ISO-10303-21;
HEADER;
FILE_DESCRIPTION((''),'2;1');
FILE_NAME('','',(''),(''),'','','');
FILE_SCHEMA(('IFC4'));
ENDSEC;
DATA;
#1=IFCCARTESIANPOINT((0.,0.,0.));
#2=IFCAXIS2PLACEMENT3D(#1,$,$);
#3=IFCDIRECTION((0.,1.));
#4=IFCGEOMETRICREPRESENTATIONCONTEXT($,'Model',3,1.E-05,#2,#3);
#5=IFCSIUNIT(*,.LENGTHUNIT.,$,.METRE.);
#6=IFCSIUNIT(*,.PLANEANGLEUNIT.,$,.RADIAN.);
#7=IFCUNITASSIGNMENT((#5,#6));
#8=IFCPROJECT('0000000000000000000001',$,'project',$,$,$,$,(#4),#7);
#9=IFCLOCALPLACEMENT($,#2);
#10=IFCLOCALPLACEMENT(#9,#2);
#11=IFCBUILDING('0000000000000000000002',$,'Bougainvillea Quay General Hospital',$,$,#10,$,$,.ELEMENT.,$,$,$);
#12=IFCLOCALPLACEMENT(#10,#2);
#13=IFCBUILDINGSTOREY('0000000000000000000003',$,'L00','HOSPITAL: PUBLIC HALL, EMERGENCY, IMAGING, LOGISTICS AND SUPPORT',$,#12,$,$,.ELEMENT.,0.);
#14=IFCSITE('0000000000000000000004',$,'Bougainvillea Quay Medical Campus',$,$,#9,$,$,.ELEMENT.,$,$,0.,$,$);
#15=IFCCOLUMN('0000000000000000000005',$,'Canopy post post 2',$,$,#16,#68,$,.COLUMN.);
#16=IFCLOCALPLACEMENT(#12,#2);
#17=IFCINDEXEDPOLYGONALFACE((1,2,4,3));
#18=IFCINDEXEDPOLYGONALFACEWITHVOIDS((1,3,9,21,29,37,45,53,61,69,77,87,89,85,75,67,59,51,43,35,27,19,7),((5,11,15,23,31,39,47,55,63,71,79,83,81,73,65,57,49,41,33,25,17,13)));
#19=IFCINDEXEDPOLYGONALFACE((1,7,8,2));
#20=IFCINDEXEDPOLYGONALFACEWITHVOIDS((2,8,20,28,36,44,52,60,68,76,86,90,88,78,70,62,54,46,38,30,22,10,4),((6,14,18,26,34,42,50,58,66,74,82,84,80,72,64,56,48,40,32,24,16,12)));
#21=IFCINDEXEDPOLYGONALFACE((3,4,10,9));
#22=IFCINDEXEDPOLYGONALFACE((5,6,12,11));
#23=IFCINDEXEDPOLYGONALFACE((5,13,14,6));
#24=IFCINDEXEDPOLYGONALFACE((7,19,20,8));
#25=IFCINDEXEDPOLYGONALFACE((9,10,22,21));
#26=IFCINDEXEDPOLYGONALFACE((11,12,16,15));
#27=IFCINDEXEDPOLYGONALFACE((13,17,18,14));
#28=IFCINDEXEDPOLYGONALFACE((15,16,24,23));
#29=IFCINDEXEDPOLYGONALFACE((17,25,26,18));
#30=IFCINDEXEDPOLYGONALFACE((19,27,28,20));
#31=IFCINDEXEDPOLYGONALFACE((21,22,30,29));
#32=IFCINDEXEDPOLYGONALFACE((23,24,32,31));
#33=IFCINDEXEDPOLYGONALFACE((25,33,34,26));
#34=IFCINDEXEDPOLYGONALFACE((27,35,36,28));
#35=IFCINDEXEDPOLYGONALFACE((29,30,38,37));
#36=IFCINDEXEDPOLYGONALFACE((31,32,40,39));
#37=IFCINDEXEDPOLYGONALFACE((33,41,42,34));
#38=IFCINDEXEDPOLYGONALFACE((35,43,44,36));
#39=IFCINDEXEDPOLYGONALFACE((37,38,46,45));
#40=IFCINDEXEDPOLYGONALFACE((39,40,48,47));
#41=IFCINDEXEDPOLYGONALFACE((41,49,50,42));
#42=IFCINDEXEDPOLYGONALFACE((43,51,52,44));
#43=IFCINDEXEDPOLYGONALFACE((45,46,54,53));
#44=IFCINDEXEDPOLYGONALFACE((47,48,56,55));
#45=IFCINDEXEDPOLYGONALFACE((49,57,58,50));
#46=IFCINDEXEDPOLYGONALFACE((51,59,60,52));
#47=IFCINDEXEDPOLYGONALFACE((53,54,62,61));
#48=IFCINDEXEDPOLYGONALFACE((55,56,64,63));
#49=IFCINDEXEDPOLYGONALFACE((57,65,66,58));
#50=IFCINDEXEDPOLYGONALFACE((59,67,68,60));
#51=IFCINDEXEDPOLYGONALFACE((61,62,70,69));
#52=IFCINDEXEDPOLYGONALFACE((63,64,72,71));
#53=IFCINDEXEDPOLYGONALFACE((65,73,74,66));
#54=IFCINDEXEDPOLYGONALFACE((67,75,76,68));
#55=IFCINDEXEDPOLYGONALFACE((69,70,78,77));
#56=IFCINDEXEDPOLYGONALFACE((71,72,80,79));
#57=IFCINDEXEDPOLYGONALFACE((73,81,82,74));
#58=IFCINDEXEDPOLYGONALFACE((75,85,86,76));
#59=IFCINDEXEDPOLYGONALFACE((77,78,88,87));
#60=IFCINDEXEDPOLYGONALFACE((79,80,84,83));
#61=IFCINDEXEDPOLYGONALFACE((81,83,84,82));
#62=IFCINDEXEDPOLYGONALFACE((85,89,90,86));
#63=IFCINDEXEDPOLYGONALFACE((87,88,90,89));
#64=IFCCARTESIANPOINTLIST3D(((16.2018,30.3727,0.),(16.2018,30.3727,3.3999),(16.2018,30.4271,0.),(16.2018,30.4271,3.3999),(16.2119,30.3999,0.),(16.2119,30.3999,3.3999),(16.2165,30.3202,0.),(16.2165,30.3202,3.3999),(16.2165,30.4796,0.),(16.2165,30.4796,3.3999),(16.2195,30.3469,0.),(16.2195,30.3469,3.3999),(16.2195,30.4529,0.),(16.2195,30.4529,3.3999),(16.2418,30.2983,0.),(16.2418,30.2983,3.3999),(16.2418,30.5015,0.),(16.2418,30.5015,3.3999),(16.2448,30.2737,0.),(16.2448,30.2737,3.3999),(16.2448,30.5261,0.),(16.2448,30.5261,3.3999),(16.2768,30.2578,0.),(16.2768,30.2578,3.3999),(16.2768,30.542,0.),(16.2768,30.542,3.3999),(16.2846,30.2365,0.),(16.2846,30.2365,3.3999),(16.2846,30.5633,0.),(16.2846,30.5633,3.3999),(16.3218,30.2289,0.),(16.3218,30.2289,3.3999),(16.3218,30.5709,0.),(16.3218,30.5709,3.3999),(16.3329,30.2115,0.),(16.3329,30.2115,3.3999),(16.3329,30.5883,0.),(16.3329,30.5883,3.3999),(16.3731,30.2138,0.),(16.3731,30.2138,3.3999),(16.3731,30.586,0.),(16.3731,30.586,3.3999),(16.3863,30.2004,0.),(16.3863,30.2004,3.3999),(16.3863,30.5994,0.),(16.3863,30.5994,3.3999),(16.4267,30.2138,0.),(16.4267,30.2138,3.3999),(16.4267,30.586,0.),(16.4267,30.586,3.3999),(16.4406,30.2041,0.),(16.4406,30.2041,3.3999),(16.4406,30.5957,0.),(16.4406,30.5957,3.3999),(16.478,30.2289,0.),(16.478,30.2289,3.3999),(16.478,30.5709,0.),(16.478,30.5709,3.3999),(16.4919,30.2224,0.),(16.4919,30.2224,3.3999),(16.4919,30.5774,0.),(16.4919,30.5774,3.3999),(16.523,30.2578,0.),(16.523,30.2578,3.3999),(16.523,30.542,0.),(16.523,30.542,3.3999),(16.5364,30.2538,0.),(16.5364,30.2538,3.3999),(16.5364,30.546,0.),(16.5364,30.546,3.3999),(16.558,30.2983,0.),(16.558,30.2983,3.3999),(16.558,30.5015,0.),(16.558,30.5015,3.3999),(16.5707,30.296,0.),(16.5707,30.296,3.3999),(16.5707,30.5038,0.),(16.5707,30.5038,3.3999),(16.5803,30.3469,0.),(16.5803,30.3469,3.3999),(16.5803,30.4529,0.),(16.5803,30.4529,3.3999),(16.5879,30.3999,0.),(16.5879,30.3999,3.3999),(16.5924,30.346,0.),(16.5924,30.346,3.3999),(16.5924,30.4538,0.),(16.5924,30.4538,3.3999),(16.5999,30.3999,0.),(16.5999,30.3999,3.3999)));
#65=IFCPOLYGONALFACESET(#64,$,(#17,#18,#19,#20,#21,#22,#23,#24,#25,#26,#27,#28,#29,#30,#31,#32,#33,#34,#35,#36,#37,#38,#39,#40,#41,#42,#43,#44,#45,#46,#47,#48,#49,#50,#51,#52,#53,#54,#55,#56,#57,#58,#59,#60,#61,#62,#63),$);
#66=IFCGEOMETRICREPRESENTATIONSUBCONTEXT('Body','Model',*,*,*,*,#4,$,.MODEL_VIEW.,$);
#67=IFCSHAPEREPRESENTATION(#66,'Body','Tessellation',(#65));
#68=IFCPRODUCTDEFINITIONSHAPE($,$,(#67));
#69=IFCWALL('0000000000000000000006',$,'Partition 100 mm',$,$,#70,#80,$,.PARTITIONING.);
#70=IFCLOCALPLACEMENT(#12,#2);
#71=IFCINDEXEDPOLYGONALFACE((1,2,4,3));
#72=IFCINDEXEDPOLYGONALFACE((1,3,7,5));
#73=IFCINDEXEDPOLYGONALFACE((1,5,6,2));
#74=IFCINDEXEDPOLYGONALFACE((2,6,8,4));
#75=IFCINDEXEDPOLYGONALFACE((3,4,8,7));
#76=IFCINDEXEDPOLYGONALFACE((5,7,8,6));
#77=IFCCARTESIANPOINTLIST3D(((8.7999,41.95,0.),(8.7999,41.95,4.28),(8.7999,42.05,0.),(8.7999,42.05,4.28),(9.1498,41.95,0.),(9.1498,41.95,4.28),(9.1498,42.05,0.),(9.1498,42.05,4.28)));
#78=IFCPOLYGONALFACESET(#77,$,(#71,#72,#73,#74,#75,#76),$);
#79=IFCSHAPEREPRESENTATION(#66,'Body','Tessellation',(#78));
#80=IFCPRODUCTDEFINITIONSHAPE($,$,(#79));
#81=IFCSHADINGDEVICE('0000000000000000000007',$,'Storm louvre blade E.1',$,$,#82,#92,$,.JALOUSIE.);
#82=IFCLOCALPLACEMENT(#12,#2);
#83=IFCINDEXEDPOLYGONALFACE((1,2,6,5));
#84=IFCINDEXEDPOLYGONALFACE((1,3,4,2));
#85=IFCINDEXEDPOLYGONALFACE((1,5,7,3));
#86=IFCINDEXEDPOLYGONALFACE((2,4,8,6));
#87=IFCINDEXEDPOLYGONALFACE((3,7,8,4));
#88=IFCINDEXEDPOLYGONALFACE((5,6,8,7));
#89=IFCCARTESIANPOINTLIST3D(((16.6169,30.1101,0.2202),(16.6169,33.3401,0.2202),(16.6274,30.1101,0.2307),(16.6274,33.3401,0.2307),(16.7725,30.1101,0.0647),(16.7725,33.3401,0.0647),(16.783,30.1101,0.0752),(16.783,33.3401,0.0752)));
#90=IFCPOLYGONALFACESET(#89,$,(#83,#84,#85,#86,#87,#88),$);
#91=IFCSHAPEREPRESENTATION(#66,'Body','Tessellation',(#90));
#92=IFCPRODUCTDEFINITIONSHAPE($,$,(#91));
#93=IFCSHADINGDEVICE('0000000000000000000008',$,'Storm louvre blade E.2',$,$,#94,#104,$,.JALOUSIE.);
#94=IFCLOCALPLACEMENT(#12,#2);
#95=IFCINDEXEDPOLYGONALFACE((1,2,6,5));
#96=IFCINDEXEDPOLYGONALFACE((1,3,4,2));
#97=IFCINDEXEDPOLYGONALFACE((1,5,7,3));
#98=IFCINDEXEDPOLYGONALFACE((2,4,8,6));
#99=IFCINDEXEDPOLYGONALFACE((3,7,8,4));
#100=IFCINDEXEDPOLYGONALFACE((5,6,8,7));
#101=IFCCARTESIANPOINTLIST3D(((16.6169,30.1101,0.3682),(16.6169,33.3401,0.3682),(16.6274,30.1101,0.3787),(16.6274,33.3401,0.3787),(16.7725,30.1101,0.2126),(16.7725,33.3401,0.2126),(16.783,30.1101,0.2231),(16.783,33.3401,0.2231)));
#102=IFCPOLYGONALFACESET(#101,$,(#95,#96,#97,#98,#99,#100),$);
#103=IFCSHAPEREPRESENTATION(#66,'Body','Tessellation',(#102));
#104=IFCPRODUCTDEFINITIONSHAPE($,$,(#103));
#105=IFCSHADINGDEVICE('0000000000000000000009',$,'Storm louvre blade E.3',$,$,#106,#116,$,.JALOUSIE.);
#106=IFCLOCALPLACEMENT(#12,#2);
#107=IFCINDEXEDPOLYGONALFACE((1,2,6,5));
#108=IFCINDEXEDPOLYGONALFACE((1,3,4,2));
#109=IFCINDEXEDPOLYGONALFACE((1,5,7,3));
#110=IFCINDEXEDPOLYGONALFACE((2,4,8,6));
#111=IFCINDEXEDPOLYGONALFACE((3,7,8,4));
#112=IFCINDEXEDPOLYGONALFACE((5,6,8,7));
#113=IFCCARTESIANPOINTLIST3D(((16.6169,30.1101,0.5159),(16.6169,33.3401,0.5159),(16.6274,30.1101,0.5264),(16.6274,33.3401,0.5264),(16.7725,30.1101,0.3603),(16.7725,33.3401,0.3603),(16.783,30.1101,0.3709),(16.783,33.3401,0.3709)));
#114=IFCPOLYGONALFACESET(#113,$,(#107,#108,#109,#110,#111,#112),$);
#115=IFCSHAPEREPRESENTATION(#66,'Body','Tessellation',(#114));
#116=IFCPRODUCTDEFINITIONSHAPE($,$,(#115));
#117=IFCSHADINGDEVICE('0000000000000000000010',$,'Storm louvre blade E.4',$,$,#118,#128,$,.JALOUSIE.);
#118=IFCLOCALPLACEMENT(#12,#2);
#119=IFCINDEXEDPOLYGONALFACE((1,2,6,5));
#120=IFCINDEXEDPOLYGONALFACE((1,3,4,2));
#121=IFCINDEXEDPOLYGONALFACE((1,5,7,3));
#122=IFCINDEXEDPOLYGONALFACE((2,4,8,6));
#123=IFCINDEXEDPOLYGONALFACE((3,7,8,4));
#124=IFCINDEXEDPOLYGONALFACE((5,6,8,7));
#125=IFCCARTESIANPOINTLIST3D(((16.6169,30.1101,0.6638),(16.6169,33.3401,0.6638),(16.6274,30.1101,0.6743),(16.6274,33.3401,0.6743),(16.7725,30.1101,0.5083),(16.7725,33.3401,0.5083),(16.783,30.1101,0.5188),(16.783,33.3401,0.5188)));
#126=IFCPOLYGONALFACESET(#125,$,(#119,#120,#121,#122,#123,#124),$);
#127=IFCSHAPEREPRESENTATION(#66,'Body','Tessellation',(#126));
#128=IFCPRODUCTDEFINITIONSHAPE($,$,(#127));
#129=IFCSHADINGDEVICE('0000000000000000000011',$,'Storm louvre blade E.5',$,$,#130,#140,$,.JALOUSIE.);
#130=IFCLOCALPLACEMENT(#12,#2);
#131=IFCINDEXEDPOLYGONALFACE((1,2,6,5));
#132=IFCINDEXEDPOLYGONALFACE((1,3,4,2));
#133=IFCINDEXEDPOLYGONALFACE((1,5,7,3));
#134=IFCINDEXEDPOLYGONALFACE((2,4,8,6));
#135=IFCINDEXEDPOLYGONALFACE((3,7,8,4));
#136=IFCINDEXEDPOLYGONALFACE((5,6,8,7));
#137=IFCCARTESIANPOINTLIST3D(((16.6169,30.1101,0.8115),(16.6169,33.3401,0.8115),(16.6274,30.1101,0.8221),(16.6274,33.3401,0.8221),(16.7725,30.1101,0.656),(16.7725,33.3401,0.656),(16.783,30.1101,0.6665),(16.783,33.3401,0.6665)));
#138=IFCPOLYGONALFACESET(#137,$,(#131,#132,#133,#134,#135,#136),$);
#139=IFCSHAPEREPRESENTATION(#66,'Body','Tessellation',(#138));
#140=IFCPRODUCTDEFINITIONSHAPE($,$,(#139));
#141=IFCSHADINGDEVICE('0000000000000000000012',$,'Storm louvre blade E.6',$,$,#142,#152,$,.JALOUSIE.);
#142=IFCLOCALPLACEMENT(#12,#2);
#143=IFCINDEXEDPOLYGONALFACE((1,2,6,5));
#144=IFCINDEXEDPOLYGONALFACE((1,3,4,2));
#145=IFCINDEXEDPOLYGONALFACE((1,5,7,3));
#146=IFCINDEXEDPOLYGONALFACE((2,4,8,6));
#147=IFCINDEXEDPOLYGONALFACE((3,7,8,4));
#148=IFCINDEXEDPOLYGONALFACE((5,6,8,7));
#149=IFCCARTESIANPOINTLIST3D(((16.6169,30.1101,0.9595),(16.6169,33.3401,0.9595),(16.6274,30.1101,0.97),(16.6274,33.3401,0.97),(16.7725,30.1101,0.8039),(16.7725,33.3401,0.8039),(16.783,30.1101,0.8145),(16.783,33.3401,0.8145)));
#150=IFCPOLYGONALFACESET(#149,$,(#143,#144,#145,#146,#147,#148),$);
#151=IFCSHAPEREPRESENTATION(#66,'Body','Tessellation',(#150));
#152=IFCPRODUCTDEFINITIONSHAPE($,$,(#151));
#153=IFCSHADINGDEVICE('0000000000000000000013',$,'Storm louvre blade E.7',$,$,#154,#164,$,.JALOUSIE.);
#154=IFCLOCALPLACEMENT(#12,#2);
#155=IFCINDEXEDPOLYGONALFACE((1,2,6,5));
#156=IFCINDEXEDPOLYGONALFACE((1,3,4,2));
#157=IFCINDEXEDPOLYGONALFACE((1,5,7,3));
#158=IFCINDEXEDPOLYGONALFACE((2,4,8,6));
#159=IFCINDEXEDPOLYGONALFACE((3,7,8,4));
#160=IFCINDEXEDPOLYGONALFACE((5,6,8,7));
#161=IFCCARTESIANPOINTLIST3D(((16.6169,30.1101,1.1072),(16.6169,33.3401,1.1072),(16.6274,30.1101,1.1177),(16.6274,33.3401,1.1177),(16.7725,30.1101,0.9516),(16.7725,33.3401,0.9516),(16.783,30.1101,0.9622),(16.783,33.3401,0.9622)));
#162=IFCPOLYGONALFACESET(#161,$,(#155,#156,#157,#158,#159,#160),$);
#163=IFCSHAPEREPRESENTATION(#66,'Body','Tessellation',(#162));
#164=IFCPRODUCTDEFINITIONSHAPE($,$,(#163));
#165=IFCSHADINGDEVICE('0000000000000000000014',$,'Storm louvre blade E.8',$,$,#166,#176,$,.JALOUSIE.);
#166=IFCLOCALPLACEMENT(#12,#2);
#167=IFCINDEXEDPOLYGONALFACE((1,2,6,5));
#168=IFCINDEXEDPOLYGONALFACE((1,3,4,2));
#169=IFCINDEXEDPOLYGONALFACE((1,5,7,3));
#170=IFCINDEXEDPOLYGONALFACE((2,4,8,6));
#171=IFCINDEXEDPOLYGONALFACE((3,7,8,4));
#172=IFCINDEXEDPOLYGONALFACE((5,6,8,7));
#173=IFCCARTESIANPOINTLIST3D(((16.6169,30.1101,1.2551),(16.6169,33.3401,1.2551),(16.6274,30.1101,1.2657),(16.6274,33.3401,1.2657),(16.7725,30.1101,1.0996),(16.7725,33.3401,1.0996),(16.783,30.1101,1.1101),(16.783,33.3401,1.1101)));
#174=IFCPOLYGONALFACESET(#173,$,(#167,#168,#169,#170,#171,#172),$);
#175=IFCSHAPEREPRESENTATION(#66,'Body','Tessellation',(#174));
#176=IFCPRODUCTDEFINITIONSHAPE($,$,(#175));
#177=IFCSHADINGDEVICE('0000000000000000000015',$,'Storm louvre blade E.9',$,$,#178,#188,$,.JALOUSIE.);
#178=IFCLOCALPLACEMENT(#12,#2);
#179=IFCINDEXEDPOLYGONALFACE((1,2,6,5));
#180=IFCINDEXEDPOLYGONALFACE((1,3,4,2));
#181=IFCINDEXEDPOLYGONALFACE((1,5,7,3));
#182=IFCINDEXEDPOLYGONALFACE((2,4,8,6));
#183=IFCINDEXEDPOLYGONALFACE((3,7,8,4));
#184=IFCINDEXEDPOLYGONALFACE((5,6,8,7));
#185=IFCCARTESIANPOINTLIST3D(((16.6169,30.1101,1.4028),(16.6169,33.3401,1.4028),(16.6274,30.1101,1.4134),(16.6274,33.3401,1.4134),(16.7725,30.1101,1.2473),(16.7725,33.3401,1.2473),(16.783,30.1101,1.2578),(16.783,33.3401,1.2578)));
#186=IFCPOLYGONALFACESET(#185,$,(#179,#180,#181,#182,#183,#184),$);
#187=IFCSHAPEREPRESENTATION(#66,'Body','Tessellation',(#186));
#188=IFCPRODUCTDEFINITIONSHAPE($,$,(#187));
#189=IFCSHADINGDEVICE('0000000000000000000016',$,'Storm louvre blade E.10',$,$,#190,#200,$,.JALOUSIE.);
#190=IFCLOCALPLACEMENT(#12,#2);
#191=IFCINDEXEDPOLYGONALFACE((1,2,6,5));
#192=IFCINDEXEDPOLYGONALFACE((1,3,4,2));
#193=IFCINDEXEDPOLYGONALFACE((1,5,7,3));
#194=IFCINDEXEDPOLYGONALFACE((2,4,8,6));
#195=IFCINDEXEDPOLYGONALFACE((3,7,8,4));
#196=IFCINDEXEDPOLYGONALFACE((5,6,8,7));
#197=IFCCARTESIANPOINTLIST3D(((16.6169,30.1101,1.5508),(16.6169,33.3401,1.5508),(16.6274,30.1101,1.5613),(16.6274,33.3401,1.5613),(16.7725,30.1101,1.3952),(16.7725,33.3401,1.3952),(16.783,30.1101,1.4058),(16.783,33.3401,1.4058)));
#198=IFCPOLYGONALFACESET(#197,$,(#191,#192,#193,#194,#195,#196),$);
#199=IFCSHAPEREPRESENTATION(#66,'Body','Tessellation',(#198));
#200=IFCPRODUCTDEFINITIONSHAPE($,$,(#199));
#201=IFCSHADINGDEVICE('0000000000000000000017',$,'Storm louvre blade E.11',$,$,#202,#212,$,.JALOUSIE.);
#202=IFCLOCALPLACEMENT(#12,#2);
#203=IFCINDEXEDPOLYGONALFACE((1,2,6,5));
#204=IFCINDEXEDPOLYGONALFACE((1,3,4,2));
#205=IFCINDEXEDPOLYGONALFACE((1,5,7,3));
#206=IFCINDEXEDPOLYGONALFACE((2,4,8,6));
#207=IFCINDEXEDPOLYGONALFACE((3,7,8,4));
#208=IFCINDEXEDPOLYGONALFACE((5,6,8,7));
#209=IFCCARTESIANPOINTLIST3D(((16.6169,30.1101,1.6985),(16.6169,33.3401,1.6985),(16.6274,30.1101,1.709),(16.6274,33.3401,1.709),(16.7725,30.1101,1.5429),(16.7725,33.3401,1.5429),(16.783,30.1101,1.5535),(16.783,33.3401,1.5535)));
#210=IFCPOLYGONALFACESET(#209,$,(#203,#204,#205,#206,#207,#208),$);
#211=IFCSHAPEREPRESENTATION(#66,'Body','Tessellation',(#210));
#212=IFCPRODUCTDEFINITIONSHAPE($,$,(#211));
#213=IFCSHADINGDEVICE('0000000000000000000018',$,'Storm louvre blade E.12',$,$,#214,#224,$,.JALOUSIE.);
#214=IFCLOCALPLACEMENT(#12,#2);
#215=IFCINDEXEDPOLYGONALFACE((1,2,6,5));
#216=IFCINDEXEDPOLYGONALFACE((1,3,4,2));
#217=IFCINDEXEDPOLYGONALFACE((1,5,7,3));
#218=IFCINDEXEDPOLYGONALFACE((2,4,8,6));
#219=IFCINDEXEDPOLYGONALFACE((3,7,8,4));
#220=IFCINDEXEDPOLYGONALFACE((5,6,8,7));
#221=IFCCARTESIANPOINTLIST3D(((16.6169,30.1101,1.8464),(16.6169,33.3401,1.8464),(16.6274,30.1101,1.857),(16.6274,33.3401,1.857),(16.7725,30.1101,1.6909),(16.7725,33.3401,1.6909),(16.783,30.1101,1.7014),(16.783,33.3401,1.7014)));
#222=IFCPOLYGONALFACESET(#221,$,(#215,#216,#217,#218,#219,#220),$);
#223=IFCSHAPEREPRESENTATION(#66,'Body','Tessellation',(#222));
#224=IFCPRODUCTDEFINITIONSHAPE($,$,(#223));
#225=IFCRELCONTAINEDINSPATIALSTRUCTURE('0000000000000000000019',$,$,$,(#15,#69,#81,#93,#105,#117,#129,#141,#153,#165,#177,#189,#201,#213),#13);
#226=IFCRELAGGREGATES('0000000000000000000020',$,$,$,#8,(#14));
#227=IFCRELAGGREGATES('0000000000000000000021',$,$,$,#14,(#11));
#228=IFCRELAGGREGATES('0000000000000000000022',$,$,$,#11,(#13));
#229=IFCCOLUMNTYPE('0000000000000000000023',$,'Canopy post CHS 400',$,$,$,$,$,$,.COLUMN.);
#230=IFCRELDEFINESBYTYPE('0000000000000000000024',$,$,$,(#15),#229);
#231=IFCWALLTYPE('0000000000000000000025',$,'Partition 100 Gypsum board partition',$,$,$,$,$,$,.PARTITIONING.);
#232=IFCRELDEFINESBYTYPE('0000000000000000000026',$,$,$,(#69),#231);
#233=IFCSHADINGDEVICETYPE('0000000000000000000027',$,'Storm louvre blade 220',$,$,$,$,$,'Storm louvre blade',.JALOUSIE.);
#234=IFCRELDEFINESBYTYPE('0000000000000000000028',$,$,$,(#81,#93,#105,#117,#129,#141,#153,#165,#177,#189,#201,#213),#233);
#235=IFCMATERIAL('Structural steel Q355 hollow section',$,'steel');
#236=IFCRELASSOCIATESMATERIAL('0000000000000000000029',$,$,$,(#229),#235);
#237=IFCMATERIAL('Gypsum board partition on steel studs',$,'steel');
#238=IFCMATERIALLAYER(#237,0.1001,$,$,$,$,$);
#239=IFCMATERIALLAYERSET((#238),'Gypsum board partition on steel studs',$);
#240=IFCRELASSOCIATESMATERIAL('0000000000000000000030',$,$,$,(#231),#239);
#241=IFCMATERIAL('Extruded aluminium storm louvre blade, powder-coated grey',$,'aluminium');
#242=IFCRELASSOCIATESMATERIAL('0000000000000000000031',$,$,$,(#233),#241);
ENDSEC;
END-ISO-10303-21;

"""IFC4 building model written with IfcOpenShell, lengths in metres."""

from ifc_helpers import new_model, si_unit, direction, frame, frame_2d, origin, origin_2d, place, context, subcontext, project, spatial, rectangle, hollow_circle, extrude, material, layer, layer_set, material_profile, profile_set, type_object, element, save


model = new_model("IFC4")

# Units and contexts
model_context = context("Model", 3, precision=1e-05, world=origin(), true_north=direction((0.0, 1.0)))
body_context = subcontext(model_context, "Body", "Model", "MODEL_VIEW")
ifc_project = project(units=[si_unit("LENGTHUNIT", "METRE"), si_unit("PLANEANGLEUNIT", "RADIAN")], contexts=[model_context])

# Site, building, storey
site_placement = place(None, origin())
site = spatial("IfcSite", under=ifc_project, at=site_placement, Name="Bougainvillea Quay Medical Campus", CompositionType="ELEMENT", RefElevation=0.0)
building_placement = place(site_placement, origin())
building = spatial("IfcBuilding", under=site, at=building_placement, Name="Bougainvillea Quay General Hospital", CompositionType="ELEMENT")
storey_placement = place(building_placement, origin())
storey = spatial("IfcBuildingStorey", under=building, at=storey_placement, Name="L00", Description="HOSPITAL: PUBLIC HALL, EMERGENCY, IMAGING, LOGISTICS AND SUPPORT", CompositionType="ELEMENT", Elevation=0.0)

# Column
ifc_material_1 = material(Name="Structural steel Q355 hollow section", Category="steel")
ifc_material_profile_1 = material_profile(ifc_material_1, hollow_circle(Radius=0.2, WallThickness=0.012, at=origin_2d()))
ifc_profile_set_1 = profile_set([ifc_material_profile_1], Name="Structural steel Q355 hollow section")
column_type = type_object("IfcColumnType", Name="Canopy post CHS 400", PredefinedType="COLUMN", material=ifc_profile_set_1)
column_placement = place(storey_placement, frame((16.3999, 30.3999, 0.0), z_axis=(0.0, 0.0, 1.0), x_axis=(1.0, 0.0, 0.0)))
element("IfcColumn", 1, at=column_placement, inside=storey, type_object=column_type, Name="Canopy post post 2", PredefinedType="COLUMN", context=body_context, shape_type="SweptSolid", body=[
    extrude(hollow_circle(Radius=0.2, WallThickness=0.012, at=origin_2d()), origin(), (0.0, 0.0, 1.0), 3.3999),
])

# Wall
ifc_material_2 = material(Name="Gypsum board partition on steel studs", Category="steel")
ifc_layer = layer(ifc_material_2, 0.1001)
ifc_layer_set = layer_set([ifc_layer], Name="Gypsum board partition on steel studs")
wall_type = type_object("IfcWallType", Name="Partition 100 Gypsum board partition", PredefinedType="PARTITIONING", material=ifc_layer_set)
wall_placement = place(storey_placement, frame((8.8, 42.0, 0.0), z_axis=(0.0, 0.0, 1.0), x_axis=(1.0, 0.0, 0.0)))
element("IfcWall", 2, at=wall_placement, inside=storey, type_object=wall_type, Name="Partition 100 mm", PredefinedType="PARTITIONING", context=body_context, shape_type="SweptSolid", body=[
    extrude(rectangle(XDim=0.3499, YDim=0.1001, at=frame_2d((0.1748, 0.0))), origin(), (0.0, 0.0, 1.0), 4.28),
])

# Shading devices
ifc_material_3 = material(Name="Extruded aluminium storm louvre blade, powder-coated grey", Category="aluminium")
ifc_material_profile_2 = material_profile(ifc_material_3, rectangle(XDim=0.22, YDim=0.0149, at=origin_2d()))
ifc_profile_set_2 = profile_set([ifc_material_profile_2], Name="Extruded aluminium storm louvre blade, powder-coated grey")
shading_device_type = type_object("IfcShadingDeviceType", Name="Storm louvre blade 220", ElementType="Storm louvre blade", PredefinedType="JALOUSIE", material=ifc_profile_set_2)
for number, where, z_axis, x_axis, name in (
    (3, (16.7, 30.1101, 0.1477), (0.0, 1.0, 0.0), (-0.707107, 0.0, 0.707107), "Storm louvre blade E.1"),
    (4, (16.7, 30.1101, 0.2957), (0.0, 1.0, 0.0), (-0.707107, 0.0, 0.707107), "Storm louvre blade E.2"),
    (5, (16.7, 30.1101, 0.4434), (0.0, 1.0, 0.0), (-0.707107, 0.0, 0.707107), "Storm louvre blade E.3"),
    (6, (16.7, 30.1101, 0.5913), (0.0, 1.0, 0.0), (-0.707107, 0.0, 0.707107), "Storm louvre blade E.4"),
    (7, (16.7, 30.1101, 0.739), (0.0, 1.0, 0.0), (-0.707107, 0.0, 0.707107), "Storm louvre blade E.5"),
    (8, (16.7, 30.1101, 0.887), (0.0, 1.0, 0.0), (-0.707107, 0.0, 0.707107), "Storm louvre blade E.6"),
    (9, (16.7, 30.1101, 1.0347), (0.0, 1.0, 0.0), (-0.707107, 0.0, 0.707107), "Storm louvre blade E.7"),
    (10, (16.7, 30.1101, 1.1826), (0.0, 1.0, 0.0), (-0.707107, 0.0, 0.707107), "Storm louvre blade E.8"),
    (11, (16.7, 30.1101, 1.3303), (0.0, 1.0, 0.0), (-0.707107, 0.0, 0.707107), "Storm louvre blade E.9"),
    (12, (16.7, 30.1101, 1.4783), (0.0, 1.0, 0.0), (-0.707107, 0.0, 0.707107), "Storm louvre blade E.10"),
    (13, (16.7, 30.1101, 1.626), (0.0, 1.0, 0.0), (-0.707107, 0.0, 0.707107), "Storm louvre blade E.11"),
    (14, (16.7, 30.1101, 1.7739), (0.0, 1.0, 0.0), (-0.707107, 0.0, 0.707107), "Storm louvre blade E.12"),
):
    element("IfcShadingDevice", number, at=place(storey_placement, frame(where, z_axis=z_axis, x_axis=x_axis)), inside=storey, type_object=shading_device_type, Name=name, PredefinedType="JALOUSIE", context=body_context, shape_type="SweptSolid", body=[
        extrude(rectangle(XDim=0.22, YDim=0.0149, at=origin_2d()), origin(), (0.0, 0.0, 1.0), 3.23),
    ])

save(model, "model.ifc")
